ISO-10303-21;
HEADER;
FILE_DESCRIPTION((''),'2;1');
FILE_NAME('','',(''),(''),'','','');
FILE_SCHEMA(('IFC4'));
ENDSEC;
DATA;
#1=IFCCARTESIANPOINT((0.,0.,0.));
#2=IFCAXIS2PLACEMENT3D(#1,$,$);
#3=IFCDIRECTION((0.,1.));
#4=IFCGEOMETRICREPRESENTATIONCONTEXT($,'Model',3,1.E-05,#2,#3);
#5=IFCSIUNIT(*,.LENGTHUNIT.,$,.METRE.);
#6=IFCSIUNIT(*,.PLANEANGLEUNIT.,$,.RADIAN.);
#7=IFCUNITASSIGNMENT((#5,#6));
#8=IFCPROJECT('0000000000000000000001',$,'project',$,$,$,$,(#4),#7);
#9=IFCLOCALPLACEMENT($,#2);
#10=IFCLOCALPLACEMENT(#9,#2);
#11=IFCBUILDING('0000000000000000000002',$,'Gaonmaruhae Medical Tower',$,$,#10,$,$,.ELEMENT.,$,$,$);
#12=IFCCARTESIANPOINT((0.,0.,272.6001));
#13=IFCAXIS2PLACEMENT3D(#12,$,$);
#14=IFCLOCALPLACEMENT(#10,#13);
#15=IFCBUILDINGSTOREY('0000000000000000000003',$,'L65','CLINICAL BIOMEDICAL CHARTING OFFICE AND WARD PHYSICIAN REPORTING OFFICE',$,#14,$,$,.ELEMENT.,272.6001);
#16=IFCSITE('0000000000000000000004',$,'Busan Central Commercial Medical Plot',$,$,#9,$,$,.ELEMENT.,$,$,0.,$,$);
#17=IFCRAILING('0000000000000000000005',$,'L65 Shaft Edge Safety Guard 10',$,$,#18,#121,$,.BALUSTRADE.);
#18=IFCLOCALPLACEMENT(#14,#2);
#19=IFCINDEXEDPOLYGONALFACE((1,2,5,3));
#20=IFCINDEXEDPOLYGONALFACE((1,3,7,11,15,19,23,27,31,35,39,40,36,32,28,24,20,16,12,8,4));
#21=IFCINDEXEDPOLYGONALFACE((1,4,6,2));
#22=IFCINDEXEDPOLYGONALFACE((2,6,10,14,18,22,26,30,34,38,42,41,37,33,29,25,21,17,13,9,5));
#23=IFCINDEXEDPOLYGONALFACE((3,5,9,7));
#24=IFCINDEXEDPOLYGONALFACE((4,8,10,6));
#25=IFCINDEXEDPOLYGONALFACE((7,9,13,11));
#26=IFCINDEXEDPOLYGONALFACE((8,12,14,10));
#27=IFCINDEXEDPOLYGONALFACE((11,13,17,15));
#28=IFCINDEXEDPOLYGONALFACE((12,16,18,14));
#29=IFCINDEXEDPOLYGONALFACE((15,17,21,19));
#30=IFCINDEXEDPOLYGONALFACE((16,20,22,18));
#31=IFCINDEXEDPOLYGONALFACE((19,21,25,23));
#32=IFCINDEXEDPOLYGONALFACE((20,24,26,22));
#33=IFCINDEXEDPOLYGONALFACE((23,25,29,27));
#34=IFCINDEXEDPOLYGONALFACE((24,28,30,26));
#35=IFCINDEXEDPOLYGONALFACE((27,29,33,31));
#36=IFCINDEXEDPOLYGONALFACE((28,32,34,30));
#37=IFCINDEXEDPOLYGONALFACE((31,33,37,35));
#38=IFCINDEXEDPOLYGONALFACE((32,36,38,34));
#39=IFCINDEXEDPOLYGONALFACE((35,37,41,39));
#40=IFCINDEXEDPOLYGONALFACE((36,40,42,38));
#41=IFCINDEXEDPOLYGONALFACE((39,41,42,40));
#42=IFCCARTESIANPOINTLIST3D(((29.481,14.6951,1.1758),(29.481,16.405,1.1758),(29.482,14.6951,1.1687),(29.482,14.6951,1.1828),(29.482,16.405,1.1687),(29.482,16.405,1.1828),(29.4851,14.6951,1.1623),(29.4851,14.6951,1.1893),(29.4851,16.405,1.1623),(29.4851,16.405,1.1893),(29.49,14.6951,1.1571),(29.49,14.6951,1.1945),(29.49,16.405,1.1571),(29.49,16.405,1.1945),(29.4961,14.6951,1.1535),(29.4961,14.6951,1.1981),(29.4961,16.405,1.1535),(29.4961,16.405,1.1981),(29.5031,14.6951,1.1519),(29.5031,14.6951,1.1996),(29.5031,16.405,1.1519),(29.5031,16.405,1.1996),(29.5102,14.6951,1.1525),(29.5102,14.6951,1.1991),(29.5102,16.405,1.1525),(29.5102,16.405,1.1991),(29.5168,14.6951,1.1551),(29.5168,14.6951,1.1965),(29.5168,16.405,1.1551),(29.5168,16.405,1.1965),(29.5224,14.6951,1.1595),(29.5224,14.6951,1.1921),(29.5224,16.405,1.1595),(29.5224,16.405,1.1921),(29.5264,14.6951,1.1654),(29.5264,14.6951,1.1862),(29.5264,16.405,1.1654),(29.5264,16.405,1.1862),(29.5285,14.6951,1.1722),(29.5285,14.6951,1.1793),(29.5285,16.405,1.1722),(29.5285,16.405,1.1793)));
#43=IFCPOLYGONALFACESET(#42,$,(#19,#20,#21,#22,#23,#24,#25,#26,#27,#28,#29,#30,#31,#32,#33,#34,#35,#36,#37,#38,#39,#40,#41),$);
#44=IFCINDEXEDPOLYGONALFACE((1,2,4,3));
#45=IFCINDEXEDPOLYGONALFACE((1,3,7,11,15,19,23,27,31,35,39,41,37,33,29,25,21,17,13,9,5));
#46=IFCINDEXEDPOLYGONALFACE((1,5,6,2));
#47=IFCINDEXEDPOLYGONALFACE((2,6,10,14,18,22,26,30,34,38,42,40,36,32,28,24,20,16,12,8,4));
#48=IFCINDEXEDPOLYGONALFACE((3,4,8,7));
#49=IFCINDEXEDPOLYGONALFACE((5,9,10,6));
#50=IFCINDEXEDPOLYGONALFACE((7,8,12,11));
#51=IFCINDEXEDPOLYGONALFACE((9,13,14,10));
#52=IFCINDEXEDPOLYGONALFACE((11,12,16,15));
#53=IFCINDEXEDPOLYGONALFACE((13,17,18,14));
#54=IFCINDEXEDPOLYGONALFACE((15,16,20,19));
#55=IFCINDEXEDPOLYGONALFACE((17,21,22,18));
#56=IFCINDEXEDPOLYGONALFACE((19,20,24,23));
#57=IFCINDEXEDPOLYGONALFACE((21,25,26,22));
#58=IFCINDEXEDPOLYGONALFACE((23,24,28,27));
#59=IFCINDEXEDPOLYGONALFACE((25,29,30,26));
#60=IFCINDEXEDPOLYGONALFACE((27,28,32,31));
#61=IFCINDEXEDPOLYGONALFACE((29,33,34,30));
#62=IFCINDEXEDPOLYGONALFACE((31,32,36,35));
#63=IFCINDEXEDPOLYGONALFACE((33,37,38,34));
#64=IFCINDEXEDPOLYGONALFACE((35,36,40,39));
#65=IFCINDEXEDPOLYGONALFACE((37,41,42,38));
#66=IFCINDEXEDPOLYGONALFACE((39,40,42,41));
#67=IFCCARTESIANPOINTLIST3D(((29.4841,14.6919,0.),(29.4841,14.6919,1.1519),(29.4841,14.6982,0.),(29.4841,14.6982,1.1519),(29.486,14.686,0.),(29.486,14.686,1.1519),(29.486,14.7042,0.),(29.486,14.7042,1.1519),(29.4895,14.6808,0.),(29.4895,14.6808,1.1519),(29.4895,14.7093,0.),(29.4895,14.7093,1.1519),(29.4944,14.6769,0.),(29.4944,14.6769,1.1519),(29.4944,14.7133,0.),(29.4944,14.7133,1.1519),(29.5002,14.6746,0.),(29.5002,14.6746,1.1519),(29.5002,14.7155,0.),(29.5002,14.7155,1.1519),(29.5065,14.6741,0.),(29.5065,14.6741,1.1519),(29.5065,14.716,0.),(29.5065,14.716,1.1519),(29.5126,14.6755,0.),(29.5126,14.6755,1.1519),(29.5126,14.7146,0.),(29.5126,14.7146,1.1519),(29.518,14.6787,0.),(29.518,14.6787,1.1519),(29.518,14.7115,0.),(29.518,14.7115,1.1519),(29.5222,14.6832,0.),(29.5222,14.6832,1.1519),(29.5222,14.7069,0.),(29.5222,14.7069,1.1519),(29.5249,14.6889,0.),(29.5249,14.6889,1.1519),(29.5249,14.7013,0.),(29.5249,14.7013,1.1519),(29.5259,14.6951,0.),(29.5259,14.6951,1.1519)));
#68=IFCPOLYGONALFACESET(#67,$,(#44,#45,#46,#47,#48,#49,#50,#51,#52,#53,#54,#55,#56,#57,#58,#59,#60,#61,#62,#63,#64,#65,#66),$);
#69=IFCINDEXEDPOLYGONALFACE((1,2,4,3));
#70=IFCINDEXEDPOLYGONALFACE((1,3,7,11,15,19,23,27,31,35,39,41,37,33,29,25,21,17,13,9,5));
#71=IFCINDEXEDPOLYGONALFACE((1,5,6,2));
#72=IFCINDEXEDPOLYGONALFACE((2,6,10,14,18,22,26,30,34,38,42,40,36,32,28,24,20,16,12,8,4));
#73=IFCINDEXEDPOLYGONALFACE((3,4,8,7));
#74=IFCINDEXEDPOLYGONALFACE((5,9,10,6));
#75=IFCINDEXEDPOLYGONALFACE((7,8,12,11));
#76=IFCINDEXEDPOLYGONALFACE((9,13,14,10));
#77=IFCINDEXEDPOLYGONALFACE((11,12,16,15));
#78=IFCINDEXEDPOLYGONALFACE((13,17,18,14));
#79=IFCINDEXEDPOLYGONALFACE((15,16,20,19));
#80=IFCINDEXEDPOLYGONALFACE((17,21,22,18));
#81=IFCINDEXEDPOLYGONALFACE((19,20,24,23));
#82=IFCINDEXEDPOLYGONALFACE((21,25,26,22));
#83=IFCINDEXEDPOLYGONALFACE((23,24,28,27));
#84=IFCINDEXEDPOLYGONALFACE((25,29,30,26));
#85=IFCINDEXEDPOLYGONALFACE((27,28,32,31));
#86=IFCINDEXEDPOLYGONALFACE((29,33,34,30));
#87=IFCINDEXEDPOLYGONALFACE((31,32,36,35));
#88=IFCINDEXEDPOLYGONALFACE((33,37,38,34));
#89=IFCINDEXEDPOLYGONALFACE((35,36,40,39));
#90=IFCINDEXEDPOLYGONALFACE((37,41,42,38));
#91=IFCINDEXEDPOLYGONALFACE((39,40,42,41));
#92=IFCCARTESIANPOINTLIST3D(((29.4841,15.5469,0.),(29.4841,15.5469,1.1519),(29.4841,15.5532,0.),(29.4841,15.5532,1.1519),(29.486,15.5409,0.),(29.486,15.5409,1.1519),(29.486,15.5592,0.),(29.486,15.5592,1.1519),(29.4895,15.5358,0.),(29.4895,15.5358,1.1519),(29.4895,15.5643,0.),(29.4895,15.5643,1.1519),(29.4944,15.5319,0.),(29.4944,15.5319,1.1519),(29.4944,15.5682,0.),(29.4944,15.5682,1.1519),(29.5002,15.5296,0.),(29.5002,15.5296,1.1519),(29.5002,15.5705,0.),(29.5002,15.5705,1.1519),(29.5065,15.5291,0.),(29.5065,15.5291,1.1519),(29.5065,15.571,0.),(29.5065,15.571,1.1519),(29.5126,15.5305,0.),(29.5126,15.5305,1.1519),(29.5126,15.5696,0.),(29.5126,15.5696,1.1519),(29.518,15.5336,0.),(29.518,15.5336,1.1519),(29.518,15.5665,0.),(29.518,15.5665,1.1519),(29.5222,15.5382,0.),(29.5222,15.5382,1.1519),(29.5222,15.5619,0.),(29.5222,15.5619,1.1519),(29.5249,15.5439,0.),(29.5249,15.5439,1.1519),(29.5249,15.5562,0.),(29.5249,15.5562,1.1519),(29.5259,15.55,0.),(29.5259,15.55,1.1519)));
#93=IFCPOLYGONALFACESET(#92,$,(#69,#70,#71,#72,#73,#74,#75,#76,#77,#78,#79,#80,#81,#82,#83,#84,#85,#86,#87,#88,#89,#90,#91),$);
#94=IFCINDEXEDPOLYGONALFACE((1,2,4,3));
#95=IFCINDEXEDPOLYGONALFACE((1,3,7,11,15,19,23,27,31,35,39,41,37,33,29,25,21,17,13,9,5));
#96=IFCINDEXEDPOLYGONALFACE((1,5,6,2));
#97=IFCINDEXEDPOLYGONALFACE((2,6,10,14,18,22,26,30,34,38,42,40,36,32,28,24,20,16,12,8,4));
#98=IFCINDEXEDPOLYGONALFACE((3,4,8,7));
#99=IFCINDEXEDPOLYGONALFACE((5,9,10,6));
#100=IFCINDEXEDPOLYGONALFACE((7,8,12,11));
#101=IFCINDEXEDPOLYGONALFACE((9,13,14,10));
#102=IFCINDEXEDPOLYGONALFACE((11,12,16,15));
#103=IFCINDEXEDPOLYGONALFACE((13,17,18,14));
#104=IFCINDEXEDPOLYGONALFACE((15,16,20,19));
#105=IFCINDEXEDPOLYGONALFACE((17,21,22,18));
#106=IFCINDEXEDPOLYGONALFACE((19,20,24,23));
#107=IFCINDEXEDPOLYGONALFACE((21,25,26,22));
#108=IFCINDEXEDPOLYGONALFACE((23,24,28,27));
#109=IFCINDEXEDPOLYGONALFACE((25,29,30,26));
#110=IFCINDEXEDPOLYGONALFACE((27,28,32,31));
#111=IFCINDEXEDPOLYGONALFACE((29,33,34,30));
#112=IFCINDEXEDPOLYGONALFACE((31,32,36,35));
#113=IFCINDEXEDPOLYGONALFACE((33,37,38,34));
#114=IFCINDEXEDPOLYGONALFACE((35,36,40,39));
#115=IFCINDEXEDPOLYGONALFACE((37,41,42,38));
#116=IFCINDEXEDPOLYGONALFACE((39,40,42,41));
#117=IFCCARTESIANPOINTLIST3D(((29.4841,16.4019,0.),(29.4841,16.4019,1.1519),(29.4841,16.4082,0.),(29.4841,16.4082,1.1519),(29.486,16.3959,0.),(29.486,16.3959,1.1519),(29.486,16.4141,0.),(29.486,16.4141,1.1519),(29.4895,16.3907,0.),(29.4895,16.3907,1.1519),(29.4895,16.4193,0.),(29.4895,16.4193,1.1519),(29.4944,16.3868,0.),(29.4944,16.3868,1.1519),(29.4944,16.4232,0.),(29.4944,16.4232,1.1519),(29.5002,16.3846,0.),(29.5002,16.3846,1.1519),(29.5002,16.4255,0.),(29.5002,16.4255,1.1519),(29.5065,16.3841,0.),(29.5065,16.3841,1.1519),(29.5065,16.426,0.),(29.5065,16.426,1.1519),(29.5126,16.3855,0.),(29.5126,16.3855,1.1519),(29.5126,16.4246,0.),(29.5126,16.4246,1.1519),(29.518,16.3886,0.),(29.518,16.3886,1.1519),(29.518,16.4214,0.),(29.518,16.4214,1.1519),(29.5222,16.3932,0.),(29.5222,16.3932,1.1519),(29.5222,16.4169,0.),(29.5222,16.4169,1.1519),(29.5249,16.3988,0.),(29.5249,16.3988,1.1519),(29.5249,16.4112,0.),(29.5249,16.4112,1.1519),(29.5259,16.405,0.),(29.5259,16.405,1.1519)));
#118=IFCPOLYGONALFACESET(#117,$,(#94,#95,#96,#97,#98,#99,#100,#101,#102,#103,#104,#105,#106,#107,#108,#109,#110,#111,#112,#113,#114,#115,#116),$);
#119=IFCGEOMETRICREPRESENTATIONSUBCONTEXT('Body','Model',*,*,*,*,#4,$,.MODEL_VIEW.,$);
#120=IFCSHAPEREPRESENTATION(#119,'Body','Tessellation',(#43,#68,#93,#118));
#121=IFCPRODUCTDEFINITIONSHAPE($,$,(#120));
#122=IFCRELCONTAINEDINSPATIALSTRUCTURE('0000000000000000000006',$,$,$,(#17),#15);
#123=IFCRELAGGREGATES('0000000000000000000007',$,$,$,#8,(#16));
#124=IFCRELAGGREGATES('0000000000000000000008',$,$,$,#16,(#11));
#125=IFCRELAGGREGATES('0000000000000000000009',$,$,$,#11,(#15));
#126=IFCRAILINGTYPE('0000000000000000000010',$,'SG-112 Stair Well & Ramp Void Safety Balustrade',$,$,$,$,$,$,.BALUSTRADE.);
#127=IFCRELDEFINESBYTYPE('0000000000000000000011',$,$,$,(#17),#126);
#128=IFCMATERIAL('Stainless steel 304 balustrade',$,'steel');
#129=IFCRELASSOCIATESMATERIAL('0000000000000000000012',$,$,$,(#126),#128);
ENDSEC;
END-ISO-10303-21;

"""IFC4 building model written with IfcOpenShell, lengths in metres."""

from ifc_helpers import new_model, si_unit, direction, frame, origin, origin_2d, place, context, subcontext, project, spatial, circle, extrude, material, type_object, element, save


model = new_model("IFC4")

# Units and contexts
model_context = context("Model", 3, precision=1e-05, world=origin(), true_north=direction((0.0, 1.0)))
body_context = subcontext(model_context, "Body", "Model", "MODEL_VIEW")
ifc_project = project(units=[si_unit("LENGTHUNIT", "METRE"), si_unit("PLANEANGLEUNIT", "RADIAN")], contexts=[model_context])

# Site, building, storey
site_placement = place(None, origin())
site = spatial("IfcSite", under=ifc_project, at=site_placement, Name="Busan Central Commercial Medical Plot", CompositionType="ELEMENT", RefElevation=0.0)
building_placement = place(site_placement, origin())
building = spatial("IfcBuilding", under=site, at=building_placement, Name="Gaonmaruhae Medical Tower", CompositionType="ELEMENT")
storey_placement = place(building_placement, frame((0.0, 0.0, 272.6001)))
storey = spatial("IfcBuildingStorey", under=building, at=storey_placement, Name="L65", Description="CLINICAL BIOMEDICAL CHARTING OFFICE AND WARD PHYSICIAN REPORTING OFFICE", CompositionType="ELEMENT", Elevation=272.6001)

# Railing
ifc_material_1 = material(Name="Stainless steel 304 balustrade", Category="steel")
railing_type = type_object("IfcRailingType", Name="SG-112 Stair Well & Ramp Void Safety Balustrade", PredefinedType="BALUSTRADE", material=ifc_material_1)
railing_1_placement = place(storey_placement, frame((29.5049, 14.6951, 0.0)))
element("IfcRailing", 1, at=railing_1_placement, inside=storey, type_object=railing_type, Name="L65 Shaft Edge Safety Guard 10", PredefinedType="BALUSTRADE", context=body_context, shape_type="SweptSolid", body=[
    extrude(circle(Radius=0.0239, at=origin_2d()), frame((0.0, 0.0, 1.1758), z_axis=(0.0, 1.0, 0.0), x_axis=(-1.0, 0.0, 0.0)), (0.0, 0.0, 1.0), 1.71),
    extrude(circle(Radius=0.021, at=origin_2d()), origin(), (0.0, 0.0, 1.0), 1.1519),
    extrude(circle(Radius=0.021, at=origin_2d()), frame((0.0, 0.855, 0.0)), (0.0, 0.0, 1.0), 1.1519),
    extrude(circle(Radius=0.021, at=origin_2d()), frame((0.0, 1.71, 0.0)), (0.0, 0.0, 1.0), 1.1519),
])

save(model, "model.ifc")
